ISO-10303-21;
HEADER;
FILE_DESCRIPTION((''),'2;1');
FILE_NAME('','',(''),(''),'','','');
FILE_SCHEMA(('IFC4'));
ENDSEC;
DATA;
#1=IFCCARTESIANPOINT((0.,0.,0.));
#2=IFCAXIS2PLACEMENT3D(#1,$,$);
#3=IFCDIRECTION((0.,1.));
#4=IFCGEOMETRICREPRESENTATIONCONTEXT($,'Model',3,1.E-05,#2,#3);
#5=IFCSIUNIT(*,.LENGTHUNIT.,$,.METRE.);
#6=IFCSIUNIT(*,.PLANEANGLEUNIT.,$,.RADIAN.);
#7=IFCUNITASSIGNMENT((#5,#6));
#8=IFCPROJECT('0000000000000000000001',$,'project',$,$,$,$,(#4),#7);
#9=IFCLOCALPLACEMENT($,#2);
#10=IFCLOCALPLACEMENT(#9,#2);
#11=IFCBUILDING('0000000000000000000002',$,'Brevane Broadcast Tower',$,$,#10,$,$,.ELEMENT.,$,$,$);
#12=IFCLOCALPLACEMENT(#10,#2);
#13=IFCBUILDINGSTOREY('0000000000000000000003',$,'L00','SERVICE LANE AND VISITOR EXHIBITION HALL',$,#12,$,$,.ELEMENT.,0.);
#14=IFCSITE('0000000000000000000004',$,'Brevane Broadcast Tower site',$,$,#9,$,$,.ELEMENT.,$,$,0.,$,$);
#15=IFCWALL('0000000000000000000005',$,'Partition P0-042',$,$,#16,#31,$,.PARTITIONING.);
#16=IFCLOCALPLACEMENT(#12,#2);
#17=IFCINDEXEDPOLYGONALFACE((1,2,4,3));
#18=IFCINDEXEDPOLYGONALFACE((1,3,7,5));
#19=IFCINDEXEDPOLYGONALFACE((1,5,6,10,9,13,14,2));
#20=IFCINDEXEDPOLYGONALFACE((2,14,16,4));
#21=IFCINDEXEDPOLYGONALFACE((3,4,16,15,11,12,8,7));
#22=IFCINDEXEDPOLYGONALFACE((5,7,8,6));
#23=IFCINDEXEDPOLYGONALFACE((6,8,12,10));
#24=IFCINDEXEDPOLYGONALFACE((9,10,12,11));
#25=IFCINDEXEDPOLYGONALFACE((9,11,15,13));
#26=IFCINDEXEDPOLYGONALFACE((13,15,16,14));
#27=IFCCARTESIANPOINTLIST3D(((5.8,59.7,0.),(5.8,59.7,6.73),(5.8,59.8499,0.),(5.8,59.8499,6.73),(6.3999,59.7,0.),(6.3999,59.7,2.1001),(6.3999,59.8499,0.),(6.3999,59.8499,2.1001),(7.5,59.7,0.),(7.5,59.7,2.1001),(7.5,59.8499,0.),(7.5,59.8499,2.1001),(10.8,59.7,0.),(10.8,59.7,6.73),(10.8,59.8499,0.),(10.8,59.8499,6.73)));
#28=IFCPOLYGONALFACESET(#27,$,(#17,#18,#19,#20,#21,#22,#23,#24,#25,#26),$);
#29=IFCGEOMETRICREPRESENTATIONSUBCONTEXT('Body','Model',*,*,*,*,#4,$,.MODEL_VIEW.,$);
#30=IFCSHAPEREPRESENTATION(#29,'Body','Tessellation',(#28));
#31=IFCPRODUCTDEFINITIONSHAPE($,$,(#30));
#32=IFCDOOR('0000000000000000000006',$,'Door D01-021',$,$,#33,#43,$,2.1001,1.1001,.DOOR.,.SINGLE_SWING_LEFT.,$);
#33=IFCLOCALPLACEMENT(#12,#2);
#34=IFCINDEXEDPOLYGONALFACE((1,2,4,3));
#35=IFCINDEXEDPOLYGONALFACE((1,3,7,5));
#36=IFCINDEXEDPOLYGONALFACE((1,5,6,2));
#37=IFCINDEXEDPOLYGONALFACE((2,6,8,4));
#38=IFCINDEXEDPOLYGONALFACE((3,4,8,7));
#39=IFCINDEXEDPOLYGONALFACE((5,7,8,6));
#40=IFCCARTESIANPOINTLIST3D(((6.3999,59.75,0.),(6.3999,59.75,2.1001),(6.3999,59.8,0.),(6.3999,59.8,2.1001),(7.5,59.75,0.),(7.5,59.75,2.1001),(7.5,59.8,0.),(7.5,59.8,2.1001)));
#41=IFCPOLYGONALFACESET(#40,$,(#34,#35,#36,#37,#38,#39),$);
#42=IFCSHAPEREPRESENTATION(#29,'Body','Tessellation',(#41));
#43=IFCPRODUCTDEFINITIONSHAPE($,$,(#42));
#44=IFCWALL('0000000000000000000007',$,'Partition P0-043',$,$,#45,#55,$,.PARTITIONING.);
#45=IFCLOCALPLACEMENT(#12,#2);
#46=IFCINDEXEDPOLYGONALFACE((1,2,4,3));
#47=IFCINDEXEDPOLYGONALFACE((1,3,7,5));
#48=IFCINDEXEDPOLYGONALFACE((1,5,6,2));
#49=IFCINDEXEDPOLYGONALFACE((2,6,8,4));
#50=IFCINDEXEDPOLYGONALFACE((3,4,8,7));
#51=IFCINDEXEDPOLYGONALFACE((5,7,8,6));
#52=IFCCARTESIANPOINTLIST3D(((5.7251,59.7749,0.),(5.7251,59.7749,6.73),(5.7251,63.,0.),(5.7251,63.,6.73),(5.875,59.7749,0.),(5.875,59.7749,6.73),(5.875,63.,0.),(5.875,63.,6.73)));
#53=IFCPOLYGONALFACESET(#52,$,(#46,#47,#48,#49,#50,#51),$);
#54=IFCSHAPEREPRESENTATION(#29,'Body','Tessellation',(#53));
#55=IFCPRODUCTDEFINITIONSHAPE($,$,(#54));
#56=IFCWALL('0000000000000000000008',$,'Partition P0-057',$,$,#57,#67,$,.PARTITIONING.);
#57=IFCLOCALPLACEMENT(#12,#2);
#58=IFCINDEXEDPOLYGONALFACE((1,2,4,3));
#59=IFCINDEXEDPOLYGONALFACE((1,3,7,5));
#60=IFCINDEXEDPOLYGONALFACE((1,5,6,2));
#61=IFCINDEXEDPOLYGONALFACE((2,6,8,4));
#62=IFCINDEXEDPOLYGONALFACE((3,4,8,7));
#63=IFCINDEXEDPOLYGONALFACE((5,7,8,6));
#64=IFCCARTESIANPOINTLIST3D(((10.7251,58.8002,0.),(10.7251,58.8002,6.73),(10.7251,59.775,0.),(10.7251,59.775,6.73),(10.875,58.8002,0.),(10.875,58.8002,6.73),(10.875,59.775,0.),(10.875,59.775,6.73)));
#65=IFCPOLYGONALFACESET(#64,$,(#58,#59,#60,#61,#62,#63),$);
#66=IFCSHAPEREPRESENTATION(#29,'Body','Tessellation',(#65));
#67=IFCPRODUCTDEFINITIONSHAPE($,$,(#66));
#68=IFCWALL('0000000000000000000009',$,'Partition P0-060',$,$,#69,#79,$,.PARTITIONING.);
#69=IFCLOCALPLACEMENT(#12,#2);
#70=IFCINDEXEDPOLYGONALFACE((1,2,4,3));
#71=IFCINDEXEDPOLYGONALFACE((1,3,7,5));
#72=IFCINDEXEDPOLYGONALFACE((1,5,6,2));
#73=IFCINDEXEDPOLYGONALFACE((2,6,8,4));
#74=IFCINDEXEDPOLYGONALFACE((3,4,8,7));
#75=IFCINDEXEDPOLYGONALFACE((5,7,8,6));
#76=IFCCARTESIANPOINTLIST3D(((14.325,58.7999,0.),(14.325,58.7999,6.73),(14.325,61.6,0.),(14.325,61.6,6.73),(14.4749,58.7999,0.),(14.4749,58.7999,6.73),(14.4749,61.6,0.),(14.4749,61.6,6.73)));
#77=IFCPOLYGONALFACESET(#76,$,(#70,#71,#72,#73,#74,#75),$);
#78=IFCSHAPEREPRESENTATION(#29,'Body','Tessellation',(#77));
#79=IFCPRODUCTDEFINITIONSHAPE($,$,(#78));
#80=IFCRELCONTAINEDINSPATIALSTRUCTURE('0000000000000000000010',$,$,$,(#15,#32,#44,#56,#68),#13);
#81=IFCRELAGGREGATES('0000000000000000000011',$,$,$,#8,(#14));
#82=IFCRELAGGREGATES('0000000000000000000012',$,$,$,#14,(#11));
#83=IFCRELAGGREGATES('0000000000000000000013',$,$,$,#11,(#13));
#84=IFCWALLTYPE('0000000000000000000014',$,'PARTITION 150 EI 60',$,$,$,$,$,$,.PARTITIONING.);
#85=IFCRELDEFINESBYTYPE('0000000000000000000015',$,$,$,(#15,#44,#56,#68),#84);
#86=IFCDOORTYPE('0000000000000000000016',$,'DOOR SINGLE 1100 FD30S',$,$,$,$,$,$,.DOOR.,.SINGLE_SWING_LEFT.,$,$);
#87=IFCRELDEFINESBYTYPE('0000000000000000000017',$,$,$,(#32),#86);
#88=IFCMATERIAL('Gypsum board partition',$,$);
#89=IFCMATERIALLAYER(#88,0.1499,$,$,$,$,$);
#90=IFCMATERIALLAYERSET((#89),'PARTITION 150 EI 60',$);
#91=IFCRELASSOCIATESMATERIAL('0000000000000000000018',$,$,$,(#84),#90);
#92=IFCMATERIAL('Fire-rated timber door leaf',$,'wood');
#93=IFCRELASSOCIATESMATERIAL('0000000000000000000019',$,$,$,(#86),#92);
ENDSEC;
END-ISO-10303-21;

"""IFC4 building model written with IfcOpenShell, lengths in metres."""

from ifc_helpers import new_model, si_unit, direction, frame, frame_2d, origin, place, context, subcontext, project, spatial, rectangle, extrude, material, layer, layer_set, type_object, element, fill, save


model = new_model("IFC4")

# Units and contexts
model_context = context("Model", 3, precision=1e-05, world=origin(), true_north=direction((0.0, 1.0)))
body_context = subcontext(model_context, "Body", "Model", "MODEL_VIEW")
ifc_project = project(units=[si_unit("LENGTHUNIT", "METRE"), si_unit("PLANEANGLEUNIT", "RADIAN")], contexts=[model_context])

# Site, building, storey
site_placement = place(None, origin())
site = spatial("IfcSite", under=ifc_project, at=site_placement, Name="Brevane Broadcast Tower site", CompositionType="ELEMENT", RefElevation=0.0)
building_placement = place(site_placement, origin())
building = spatial("IfcBuilding", under=site, at=building_placement, Name="Brevane Broadcast Tower", CompositionType="ELEMENT")
storey_placement = place(building_placement, origin())
storey = spatial("IfcBuildingStorey", under=building, at=storey_placement, Name="L00", Description="SERVICE LANE AND VISITOR EXHIBITION HALL", CompositionType="ELEMENT", Elevation=0.0)

# Shared definitions
ifc_material_1 = material(Name="Gypsum board partition")

# Wall, opening, door
ifc_layer_1 = layer(ifc_material_1, 0.1499)
ifc_layer_set_1 = layer_set([ifc_layer_1], Name="PARTITION 150 EI 60")
wall_type_1 = type_object("IfcWallType", Name="PARTITION 150 EI 60", PredefinedType="PARTITIONING", material=ifc_layer_set_1)
wall_1_placement = place(storey_placement, frame((10.8, 59.7749, 0.0), z_axis=(0.0, 0.0, 1.0), x_axis=(-1.0, 0.0, 0.0)))
wall_1 = element("IfcWall", 1, at=wall_1_placement, inside=storey, type_object=wall_type_1, Name="Partition P0-042", PredefinedType="PARTITIONING", context=body_context, shape_type="SweptSolid", body=[
    extrude(rectangle(XDim=5.0, YDim=0.1499, at=frame_2d((2.5, 0.0))), origin(), (0.0, 0.0, 1.0), 6.73),
])
opening_1_placement = place(wall_1_placement, frame((3.3, 0.0, 0.0)))
opening_1 = element("IfcOpeningElement", 2, at=opening_1_placement, cuts=wall_1, PredefinedType="OPENING", context=body_context, shape_type="SweptSolid", body=[
    extrude(rectangle(XDim=1.1001, YDim=2.1001, at=frame_2d((0.55, 1.05))), frame((0.0, 0.085, 0.0), z_axis=(0.0, -1.0, 0.0), x_axis=(1.0, 0.0, 0.0)), (0.0, 0.0, 1.0), 0.1699),
])
ifc_material_2 = material(Name="Fire-rated timber door leaf", Category="wood")
door_type_1 = type_object("IfcDoorType", Name="DOOR SINGLE 1100 FD30S", OperationType="SINGLE_SWING_LEFT", PredefinedType="DOOR", material=ifc_material_2)
door_1_placement = place(opening_1_placement, origin())
door_1 = element("IfcDoor", 3, at=door_1_placement, inside=storey, type_object=door_type_1, Name="Door D01-021", OperationType="SINGLE_SWING_LEFT", OverallHeight=2.1001, OverallWidth=1.1001, PredefinedType="DOOR", context=body_context, shape_type="SweptSolid", body=[
    extrude(rectangle(XDim=1.1001, YDim=2.1001, at=frame_2d((0.55, 1.05))), frame((0.0, 0.0249, 0.0), z_axis=(0.0, -1.0, 0.0), x_axis=(1.0, 0.0, 0.0)), (0.0, 0.0, 1.0), 0.05),
])
fill(opening_1, door_1)

# Walls
wall_2_placement = place(storey_placement, frame((5.8, 59.7749, 0.0), z_axis=(0.0, 0.0, 1.0), x_axis=(0.0, 1.0, 0.0)))
element("IfcWall", 4, at=wall_2_placement, inside=storey, type_object=wall_type_1, Name="Partition P0-043", PredefinedType="PARTITIONING", context=body_context, shape_type="SweptSolid", body=[
    extrude(rectangle(XDim=3.2251, YDim=0.1499, at=frame_2d((1.6125, 0.0))), origin(), (0.0, 0.0, 1.0), 6.73),
])
wall_3_placement = place(storey_placement, frame((10.8, 59.7749, 0.0), z_axis=(0.0, 0.0, 1.0), x_axis=(0.0, -1.0, 0.0)))
element("IfcWall", 5, at=wall_3_placement, inside=storey, type_object=wall_type_1, Name="Partition P0-057", PredefinedType="PARTITIONING", context=body_context, shape_type="SweptSolid", body=[
    extrude(rectangle(XDim=0.9749, YDim=0.1499, at=frame_2d((0.4873, 0.0))), origin(), (0.0, 0.0, 1.0), 6.73),
])
wall_4_placement = place(storey_placement, frame((14.3999, 58.8, 0.0), z_axis=(0.0, 0.0, 1.0), x_axis=(0.0, 1.0, 0.0)))
element("IfcWall", 6, at=wall_4_placement, inside=storey, type_object=wall_type_1, Name="Partition P0-060", PredefinedType="PARTITIONING", context=body_context, shape_type="SweptSolid", body=[
    extrude(rectangle(XDim=2.8, YDim=0.1499, at=frame_2d((1.3999, 0.0))), origin(), (0.0, 0.0, 1.0), 6.73),
])

save(model, "model.ifc")
